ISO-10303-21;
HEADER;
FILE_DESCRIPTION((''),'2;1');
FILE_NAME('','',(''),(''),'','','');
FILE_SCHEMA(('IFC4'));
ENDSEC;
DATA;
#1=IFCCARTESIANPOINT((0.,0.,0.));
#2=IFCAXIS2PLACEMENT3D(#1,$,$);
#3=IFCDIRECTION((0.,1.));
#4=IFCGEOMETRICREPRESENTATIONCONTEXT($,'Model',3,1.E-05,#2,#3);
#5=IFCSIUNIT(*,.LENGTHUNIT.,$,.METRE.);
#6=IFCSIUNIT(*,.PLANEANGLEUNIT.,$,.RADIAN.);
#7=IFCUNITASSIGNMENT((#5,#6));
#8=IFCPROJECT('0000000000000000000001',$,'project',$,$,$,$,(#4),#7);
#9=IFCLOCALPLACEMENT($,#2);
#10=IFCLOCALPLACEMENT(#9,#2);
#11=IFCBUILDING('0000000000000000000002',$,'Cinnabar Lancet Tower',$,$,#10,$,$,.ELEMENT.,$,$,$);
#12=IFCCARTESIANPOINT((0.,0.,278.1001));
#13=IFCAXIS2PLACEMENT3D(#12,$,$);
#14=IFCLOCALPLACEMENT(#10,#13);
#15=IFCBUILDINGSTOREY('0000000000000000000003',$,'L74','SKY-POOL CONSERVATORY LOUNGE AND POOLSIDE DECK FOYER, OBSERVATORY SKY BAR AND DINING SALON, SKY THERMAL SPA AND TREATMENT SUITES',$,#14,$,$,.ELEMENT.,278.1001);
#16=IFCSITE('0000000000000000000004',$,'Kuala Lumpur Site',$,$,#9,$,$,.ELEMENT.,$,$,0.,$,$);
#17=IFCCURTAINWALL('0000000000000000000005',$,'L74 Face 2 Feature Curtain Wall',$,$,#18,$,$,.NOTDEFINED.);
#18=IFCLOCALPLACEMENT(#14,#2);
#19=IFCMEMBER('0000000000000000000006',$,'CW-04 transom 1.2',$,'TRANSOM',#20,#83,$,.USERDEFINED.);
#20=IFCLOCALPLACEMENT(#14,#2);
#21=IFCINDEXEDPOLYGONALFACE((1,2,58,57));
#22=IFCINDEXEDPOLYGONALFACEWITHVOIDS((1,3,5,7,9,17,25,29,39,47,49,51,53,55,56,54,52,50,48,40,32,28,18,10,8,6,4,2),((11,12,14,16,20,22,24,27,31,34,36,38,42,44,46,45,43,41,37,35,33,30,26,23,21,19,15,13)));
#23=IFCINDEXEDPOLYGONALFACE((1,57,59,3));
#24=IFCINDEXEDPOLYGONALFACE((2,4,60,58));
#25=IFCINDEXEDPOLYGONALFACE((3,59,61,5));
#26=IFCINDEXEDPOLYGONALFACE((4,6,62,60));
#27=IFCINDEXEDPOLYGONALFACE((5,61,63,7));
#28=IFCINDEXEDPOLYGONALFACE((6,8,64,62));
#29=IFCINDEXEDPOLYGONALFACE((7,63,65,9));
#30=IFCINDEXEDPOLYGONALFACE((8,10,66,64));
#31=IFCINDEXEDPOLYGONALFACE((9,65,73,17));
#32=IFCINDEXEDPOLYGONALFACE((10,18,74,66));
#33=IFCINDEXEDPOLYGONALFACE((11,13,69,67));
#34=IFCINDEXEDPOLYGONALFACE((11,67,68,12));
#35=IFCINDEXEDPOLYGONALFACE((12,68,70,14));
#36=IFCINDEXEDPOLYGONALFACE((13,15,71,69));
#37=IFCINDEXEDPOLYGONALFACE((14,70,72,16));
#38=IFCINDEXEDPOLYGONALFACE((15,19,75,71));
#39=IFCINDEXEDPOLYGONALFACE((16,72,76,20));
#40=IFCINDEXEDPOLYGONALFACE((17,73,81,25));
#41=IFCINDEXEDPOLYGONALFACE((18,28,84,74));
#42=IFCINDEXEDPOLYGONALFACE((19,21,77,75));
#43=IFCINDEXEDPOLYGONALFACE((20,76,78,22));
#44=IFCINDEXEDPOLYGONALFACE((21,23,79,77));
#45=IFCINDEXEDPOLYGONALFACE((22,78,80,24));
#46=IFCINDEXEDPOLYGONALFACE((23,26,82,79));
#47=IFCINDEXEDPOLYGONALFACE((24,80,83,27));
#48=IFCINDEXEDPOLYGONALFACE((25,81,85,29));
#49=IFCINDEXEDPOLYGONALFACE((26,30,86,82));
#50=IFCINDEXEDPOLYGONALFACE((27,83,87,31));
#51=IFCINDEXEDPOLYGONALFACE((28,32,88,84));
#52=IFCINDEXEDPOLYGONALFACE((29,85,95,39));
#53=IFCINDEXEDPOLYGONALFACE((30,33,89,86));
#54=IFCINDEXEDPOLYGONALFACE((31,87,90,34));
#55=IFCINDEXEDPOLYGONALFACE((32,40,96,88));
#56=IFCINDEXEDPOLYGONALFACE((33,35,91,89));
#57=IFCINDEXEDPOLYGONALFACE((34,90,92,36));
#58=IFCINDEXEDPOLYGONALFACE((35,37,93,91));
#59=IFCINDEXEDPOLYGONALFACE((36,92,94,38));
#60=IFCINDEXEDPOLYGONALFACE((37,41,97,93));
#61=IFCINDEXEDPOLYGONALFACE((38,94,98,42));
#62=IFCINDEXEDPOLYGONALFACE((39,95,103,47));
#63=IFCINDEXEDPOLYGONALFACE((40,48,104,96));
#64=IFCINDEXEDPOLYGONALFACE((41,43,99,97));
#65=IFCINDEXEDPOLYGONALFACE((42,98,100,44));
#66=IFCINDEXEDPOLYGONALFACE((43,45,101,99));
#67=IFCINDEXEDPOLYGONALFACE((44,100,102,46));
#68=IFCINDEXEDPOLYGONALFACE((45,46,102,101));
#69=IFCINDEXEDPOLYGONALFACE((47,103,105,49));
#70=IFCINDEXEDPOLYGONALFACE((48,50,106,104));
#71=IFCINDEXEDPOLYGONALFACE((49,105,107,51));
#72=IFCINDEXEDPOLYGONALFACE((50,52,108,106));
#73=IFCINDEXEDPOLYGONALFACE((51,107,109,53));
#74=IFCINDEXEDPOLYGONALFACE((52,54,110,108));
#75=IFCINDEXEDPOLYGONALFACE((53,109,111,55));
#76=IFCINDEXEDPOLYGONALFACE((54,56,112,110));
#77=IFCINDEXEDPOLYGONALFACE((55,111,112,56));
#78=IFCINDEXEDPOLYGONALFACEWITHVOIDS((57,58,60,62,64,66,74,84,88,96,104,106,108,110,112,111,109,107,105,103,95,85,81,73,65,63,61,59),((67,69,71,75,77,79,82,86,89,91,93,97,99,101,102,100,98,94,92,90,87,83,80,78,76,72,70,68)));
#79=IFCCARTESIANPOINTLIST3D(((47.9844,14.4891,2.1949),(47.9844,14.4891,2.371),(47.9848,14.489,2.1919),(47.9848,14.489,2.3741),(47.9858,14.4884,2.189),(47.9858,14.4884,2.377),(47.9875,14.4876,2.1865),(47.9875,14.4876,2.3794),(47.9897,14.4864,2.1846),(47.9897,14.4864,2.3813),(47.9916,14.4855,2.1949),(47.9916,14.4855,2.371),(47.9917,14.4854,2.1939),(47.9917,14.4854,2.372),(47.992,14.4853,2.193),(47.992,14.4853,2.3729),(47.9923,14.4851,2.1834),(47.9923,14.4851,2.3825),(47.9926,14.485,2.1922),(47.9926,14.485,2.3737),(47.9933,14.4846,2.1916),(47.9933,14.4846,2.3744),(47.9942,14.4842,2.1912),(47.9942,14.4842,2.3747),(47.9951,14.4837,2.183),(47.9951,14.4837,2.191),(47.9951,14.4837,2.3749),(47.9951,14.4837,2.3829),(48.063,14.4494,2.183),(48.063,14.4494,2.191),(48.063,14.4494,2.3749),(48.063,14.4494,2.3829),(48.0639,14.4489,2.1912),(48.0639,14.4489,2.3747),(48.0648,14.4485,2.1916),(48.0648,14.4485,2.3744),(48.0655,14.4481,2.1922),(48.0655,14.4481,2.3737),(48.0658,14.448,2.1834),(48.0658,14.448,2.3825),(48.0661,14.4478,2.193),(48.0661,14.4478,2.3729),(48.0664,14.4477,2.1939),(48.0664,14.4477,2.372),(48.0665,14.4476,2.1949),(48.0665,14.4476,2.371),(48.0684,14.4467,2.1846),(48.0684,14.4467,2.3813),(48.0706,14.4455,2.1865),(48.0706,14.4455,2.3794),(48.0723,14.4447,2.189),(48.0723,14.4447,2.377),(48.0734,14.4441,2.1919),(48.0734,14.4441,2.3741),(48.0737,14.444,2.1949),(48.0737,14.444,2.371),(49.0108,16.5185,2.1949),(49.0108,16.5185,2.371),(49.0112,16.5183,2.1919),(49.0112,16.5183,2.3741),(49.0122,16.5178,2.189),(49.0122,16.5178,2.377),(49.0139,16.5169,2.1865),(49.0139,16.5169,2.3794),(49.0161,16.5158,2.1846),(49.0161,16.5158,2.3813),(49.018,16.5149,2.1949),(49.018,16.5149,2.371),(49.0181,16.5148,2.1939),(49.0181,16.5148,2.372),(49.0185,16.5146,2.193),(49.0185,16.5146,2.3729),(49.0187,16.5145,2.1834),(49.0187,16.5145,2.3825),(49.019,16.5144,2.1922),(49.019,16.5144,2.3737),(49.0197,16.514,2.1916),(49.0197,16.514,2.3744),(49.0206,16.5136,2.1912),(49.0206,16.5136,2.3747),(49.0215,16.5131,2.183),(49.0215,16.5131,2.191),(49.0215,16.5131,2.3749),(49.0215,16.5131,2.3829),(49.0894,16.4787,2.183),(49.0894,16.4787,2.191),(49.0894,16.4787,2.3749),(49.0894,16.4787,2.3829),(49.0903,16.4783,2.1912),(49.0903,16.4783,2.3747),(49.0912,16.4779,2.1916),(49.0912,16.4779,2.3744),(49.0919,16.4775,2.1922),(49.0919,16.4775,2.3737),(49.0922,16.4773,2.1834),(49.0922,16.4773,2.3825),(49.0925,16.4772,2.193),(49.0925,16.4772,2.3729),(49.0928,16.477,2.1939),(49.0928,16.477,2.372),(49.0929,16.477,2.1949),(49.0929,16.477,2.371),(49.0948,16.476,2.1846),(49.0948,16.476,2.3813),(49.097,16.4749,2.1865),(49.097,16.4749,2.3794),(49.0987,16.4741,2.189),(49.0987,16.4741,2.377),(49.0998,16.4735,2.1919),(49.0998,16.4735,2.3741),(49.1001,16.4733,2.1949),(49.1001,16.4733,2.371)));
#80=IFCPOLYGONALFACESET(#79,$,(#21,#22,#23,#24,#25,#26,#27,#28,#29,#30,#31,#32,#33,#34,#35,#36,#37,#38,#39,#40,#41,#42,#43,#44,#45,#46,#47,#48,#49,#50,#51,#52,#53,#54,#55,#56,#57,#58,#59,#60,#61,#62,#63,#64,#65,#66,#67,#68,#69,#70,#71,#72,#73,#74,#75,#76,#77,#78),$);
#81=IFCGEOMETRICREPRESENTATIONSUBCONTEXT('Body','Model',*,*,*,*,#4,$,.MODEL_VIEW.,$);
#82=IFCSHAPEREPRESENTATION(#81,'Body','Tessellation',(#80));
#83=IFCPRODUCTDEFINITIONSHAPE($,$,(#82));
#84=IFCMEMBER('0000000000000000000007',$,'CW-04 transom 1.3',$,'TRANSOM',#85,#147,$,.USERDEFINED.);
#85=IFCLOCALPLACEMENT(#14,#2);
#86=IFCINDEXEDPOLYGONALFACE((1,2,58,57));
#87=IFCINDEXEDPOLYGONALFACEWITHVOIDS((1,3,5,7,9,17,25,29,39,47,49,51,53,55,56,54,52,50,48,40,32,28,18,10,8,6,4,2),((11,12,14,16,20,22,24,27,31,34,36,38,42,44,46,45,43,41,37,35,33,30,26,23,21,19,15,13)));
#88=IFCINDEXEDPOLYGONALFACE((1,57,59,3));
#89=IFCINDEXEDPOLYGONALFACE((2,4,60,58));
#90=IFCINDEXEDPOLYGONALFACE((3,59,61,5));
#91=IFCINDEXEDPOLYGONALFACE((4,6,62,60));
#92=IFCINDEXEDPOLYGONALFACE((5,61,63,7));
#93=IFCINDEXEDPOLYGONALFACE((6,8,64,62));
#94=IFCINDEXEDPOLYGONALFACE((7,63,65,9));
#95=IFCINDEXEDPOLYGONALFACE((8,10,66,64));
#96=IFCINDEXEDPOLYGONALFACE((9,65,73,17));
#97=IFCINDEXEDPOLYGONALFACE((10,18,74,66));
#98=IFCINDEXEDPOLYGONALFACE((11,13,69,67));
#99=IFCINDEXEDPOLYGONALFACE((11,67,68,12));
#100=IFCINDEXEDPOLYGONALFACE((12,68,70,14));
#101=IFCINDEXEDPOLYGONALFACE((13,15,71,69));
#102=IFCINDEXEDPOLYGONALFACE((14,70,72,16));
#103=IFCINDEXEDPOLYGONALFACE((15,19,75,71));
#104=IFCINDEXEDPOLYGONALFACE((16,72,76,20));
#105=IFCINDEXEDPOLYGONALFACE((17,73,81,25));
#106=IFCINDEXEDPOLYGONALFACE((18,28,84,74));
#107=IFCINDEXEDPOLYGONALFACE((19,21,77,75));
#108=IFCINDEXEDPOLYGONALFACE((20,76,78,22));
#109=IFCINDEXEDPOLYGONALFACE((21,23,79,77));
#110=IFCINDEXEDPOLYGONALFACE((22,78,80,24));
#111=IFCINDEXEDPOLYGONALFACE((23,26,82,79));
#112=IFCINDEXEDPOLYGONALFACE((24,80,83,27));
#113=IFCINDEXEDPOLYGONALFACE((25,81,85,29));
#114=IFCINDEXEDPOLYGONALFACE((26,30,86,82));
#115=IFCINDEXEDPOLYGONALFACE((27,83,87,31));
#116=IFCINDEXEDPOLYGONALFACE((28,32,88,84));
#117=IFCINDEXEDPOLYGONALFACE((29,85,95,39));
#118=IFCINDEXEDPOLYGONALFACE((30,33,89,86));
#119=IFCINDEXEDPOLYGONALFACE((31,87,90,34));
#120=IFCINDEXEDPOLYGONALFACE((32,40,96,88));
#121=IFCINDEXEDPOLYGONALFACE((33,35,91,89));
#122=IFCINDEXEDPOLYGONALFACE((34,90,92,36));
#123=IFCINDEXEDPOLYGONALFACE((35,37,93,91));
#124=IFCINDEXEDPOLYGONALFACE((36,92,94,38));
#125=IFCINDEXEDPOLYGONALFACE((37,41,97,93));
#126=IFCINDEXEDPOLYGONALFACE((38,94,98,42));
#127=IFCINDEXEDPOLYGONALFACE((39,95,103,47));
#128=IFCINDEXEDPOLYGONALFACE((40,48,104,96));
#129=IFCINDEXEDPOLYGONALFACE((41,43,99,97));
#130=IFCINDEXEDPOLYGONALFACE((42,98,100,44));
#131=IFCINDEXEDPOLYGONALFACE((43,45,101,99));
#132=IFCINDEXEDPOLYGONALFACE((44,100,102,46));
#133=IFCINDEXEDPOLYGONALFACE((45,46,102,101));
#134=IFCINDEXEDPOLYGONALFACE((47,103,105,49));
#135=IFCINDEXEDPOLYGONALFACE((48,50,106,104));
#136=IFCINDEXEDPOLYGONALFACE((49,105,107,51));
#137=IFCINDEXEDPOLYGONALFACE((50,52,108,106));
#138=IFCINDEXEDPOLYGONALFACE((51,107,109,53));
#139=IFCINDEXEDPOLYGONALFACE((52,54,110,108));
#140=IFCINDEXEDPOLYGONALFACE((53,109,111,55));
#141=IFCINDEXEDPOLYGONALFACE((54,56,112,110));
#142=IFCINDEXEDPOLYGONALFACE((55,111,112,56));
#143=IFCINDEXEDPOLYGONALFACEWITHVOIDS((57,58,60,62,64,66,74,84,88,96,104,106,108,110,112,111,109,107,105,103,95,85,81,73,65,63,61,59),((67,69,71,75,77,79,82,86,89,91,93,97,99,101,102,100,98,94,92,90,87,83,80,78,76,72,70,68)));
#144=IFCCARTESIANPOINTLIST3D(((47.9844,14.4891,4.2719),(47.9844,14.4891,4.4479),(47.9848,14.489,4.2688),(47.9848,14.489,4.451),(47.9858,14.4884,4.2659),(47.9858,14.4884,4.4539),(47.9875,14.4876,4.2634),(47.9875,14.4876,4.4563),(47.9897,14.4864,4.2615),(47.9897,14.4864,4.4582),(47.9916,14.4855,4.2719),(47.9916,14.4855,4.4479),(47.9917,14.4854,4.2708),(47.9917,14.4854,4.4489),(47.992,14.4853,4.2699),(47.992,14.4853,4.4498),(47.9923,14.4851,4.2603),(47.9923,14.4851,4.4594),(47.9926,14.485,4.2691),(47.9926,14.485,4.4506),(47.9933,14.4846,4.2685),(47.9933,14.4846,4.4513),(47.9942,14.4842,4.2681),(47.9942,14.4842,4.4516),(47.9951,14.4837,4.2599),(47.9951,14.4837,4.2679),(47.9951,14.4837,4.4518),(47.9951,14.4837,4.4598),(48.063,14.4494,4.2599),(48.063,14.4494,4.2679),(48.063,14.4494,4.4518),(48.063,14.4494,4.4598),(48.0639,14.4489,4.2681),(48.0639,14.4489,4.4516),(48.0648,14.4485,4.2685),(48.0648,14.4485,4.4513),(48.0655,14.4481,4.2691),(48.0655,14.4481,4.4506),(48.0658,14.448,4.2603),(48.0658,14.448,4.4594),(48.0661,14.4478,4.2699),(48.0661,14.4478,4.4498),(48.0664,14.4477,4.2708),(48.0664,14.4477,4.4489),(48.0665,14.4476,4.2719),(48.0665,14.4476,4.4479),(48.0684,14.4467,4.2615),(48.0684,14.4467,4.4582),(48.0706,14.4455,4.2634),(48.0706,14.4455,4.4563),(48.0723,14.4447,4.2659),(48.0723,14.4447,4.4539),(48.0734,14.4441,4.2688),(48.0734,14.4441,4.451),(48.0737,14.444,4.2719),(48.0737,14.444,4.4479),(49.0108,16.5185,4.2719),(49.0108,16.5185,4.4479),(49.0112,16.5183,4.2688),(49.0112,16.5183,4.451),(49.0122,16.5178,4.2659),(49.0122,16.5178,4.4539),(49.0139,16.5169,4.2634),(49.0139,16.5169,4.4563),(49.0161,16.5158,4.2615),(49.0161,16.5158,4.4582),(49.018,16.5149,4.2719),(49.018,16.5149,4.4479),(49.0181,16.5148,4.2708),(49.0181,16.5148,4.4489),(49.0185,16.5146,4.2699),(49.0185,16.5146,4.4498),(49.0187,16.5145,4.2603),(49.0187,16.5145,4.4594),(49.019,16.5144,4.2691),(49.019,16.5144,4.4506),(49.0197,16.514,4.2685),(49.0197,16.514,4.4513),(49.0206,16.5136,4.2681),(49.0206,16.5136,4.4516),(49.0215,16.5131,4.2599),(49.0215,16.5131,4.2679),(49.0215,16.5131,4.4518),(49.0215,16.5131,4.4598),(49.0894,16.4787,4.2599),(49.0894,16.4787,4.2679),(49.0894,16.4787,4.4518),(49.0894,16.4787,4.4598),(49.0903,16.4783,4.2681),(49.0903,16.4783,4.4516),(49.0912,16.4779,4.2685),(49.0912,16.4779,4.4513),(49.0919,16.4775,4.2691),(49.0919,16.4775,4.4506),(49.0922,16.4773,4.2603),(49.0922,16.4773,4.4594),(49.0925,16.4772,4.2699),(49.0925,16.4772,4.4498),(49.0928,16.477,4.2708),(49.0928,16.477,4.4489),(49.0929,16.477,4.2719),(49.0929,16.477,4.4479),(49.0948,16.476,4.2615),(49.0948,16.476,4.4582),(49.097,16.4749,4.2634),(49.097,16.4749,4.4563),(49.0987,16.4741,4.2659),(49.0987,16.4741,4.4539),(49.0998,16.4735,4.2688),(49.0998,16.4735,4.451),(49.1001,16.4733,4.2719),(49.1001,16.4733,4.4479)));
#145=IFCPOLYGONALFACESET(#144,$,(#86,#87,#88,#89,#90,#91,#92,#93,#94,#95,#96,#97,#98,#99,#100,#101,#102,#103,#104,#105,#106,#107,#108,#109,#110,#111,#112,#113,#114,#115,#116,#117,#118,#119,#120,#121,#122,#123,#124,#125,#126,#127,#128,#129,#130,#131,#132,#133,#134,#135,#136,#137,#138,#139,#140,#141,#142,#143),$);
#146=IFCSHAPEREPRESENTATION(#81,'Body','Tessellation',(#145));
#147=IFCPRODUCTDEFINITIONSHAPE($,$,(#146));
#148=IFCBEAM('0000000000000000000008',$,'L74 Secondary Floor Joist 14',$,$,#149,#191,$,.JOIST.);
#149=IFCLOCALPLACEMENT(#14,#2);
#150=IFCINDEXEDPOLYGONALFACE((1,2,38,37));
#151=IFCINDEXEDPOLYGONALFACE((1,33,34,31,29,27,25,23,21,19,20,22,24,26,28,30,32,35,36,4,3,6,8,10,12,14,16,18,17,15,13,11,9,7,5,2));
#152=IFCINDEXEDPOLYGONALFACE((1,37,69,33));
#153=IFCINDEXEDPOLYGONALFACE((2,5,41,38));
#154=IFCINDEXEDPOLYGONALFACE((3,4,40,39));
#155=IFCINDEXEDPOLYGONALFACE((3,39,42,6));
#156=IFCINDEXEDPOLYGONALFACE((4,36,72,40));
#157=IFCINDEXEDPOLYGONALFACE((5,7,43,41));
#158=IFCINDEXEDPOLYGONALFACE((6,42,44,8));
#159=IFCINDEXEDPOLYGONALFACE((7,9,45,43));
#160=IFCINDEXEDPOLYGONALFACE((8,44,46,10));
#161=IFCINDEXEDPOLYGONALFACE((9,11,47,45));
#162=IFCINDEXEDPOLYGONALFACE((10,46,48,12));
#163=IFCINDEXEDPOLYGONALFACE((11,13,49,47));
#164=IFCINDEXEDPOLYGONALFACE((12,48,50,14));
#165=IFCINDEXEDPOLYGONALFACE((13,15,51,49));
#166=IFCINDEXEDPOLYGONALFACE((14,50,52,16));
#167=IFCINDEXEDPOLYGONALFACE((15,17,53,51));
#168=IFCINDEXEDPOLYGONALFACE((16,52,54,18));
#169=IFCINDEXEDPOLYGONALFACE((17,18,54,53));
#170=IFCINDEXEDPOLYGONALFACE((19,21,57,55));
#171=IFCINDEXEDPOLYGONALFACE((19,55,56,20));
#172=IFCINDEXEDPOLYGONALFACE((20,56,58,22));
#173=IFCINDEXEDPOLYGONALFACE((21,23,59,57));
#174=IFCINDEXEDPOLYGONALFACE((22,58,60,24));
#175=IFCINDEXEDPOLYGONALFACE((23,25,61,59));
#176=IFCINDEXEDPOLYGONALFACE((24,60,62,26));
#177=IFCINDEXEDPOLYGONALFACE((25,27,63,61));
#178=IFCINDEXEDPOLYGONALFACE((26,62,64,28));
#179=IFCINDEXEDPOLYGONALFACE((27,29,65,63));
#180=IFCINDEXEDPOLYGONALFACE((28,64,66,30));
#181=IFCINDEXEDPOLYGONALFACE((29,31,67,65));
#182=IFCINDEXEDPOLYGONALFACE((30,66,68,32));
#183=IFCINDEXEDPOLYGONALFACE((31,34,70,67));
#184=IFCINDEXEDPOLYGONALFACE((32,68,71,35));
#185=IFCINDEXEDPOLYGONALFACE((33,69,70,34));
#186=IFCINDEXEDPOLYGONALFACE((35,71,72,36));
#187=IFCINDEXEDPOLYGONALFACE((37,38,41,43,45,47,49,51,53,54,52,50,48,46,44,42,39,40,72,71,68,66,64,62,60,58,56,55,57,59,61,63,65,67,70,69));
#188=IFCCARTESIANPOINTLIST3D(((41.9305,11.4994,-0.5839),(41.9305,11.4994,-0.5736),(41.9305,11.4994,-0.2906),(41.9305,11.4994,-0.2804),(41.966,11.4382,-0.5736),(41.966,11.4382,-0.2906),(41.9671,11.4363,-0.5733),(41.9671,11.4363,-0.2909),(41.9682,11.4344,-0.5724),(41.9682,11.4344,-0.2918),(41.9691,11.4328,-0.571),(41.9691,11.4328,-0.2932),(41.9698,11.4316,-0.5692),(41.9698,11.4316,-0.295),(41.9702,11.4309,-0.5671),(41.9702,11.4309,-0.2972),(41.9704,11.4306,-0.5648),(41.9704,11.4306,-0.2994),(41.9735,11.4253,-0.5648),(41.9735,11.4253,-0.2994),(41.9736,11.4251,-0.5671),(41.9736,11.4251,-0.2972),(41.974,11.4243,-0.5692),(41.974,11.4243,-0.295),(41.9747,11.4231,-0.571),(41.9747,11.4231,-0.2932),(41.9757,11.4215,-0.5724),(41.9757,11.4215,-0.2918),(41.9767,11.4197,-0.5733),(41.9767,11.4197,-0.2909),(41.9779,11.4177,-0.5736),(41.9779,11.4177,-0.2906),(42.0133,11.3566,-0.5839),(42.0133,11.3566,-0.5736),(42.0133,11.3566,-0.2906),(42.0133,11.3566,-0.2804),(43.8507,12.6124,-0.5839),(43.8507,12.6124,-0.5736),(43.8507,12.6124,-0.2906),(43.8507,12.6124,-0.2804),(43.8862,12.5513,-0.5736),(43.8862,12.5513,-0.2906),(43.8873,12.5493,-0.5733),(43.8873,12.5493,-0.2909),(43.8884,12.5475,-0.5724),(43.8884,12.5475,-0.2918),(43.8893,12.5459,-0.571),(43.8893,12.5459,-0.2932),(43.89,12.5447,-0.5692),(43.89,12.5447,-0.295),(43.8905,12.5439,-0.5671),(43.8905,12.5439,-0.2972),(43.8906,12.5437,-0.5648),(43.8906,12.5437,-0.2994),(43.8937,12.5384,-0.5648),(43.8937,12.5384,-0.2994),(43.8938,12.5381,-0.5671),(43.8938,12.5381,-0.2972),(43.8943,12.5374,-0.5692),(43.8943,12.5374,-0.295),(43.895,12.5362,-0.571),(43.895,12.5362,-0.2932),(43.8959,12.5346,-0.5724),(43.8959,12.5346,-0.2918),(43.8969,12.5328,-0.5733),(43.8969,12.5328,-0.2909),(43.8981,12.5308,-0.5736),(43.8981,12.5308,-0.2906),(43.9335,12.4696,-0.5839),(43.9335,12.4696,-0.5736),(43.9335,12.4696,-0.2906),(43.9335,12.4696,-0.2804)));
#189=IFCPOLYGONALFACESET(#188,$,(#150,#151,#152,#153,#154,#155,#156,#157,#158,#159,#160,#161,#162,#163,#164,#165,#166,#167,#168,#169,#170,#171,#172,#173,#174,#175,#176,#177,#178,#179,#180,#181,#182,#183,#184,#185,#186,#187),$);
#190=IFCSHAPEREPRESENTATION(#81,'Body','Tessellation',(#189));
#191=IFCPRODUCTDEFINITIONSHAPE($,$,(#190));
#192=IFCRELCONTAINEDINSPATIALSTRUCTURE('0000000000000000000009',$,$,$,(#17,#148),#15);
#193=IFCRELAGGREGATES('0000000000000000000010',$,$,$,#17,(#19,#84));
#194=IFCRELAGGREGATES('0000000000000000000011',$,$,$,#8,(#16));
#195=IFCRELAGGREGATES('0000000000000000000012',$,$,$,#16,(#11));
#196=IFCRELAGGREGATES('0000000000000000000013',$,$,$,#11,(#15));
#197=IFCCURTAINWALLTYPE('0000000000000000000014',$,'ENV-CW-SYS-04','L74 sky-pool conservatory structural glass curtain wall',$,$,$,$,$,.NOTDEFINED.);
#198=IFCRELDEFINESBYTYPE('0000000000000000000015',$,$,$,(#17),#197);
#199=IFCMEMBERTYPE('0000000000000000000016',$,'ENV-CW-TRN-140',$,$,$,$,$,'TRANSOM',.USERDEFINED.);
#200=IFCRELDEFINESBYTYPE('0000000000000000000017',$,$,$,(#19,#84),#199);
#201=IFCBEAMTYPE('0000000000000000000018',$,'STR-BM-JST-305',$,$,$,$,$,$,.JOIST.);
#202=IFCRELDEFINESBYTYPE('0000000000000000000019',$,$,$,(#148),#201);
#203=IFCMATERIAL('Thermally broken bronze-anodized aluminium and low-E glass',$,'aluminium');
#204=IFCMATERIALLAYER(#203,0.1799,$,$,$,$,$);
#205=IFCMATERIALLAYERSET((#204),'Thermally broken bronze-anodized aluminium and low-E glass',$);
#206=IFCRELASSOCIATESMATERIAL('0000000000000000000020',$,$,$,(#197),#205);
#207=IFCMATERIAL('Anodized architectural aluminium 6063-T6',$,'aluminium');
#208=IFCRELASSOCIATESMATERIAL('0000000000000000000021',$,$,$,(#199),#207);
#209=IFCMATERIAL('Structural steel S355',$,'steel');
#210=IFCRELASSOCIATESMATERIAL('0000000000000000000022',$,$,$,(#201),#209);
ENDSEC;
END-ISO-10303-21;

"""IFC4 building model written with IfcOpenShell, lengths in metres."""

from ifc_helpers import new_model, si_unit, direction, frame, origin, origin_2d, place, context, subcontext, project, spatial, hollow_rectangle, i_section, extrude, material, layer, layer_set, material_profile, profile_set, type_object, element, aggregate, save


model = new_model("IFC4")

# Units and contexts
model_context = context("Model", 3, precision=1e-05, world=origin(), true_north=direction((0.0, 1.0)))
body_context = subcontext(model_context, "Body", "Model", "MODEL_VIEW")
ifc_project = project(units=[si_unit("LENGTHUNIT", "METRE"), si_unit("PLANEANGLEUNIT", "RADIAN")], contexts=[model_context])

# Site, building, storey
site_placement = place(None, origin())
site = spatial("IfcSite", under=ifc_project, at=site_placement, Name="Kuala Lumpur Site", CompositionType="ELEMENT", RefElevation=0.0)
building_placement = place(site_placement, origin())
building = spatial("IfcBuilding", under=site, at=building_placement, Name="Cinnabar Lancet Tower", CompositionType="ELEMENT")
storey_placement = place(building_placement, frame((0.0, 0.0, 278.1001)))
storey = spatial("IfcBuildingStorey", under=building, at=storey_placement, Name="L74", Description="SKY-POOL CONSERVATORY LOUNGE AND POOLSIDE DECK FOYER, OBSERVATORY SKY BAR AND DINING SALON, SKY THERMAL SPA AND TREATMENT SUITES", CompositionType="ELEMENT", Elevation=278.1001)

# Curtain wall, members
ifc_material_1 = material(Name="Thermally broken bronze-anodized aluminium and low-E glass", Category="aluminium")
ifc_layer_1 = layer(ifc_material_1, 0.1799)
ifc_layer_set_1 = layer_set([ifc_layer_1], Name="Thermally broken bronze-anodized aluminium and low-E glass")
curtain_wall_type = type_object("IfcCurtainWallType", Name="ENV-CW-SYS-04", Description="L74 sky-pool conservatory structural glass curtain wall", PredefinedType="NOTDEFINED", material=ifc_layer_set_1)
curtain_wall_placement = place(storey_placement, origin())
curtain_wall = element("IfcCurtainWall", 1, at=curtain_wall_placement, inside=storey, type_object=curtain_wall_type, Name="L74 Face 2 Feature Curtain Wall", PredefinedType="NOTDEFINED")
ifc_material_2 = material(Name="Anodized architectural aluminium 6063-T6", Category="aluminium")
ifc_material_profile_1 = material_profile(ifc_material_2, hollow_rectangle(XDim=0.1001, YDim=0.2, WallThickness=0.0081, InnerFilletRadius=0.0039, OuterFilletRadius=0.012, at=origin_2d()), Name="RHS 200x100x8")
ifc_profile_set_1 = profile_set([ifc_material_profile_1], Name="Anodized architectural aluminium 6063-T6")
member_type_1 = type_object("IfcMemberType", Name="ENV-CW-TRN-140", ElementType="TRANSOM", PredefinedType="USERDEFINED", material=ifc_profile_set_1)
member_1_placement = place(storey_placement, frame((48.0291, 14.4666, 2.283), z_axis=(0.451331, 0.892356, 0.0), x_axis=(-0.892356, 0.451331, 0.0)))
member_1 = element("IfcMember", 2, at=member_1_placement, type_object=member_type_1, Name="CW-04 transom 1.2", ObjectType="TRANSOM", PredefinedType="USERDEFINED", context=body_context, shape_type="SweptSolid", body=[
    extrude(hollow_rectangle(XDim=0.1001, YDim=0.2, WallThickness=0.0081, InnerFilletRadius=0.0039, OuterFilletRadius=0.012, at=origin_2d()), origin(), (0.0, 0.0, 1.0), 2.2742),
])
member_2_placement = place(storey_placement, frame((48.0291, 14.4666, 4.3599), z_axis=(0.451331, 0.892356, 0.0), x_axis=(-0.892356, 0.451331, 0.0)))
member_2 = element("IfcMember", 3, at=member_2_placement, type_object=member_type_1, Name="CW-04 transom 1.3", ObjectType="TRANSOM", PredefinedType="USERDEFINED", context=body_context, shape_type="SweptSolid", body=[
    extrude(hollow_rectangle(XDim=0.1001, YDim=0.2, WallThickness=0.0081, InnerFilletRadius=0.0039, OuterFilletRadius=0.012, at=origin_2d()), origin(), (0.0, 0.0, 1.0), 2.2742),
])

# Beam
ifc_material_3 = material(Name="Structural steel S355", Category="steel")
ifc_material_profile_2 = material_profile(ifc_material_3, i_section(OverallWidth=0.165, OverallDepth=0.3035, WebThickness=0.0061, FlangeThickness=0.0103, FilletRadius=0.0088, at=origin_2d()), Name="UKB 305x165x40")
ifc_profile_set_2 = profile_set([ifc_material_profile_2], Name="Structural steel S355")
beam_type_1 = type_object("IfcBeamType", Name="STR-BM-JST-305", PredefinedType="JOIST", material=ifc_profile_set_2)
beam_1_placement = place(storey_placement, frame((41.9719, 11.428, -0.4321), z_axis=(0.86516, 0.501496, 0.0), x_axis=(-0.501496, 0.86516, 0.0)))
element("IfcBeam", 4, at=beam_1_placement, inside=storey, type_object=beam_type_1, Name="L74 Secondary Floor Joist 14", PredefinedType="JOIST", context=body_context, shape_type="SweptSolid", body=[
    extrude(i_section(OverallWidth=0.165, OverallDepth=0.3035, WebThickness=0.0061, FlangeThickness=0.0103, FilletRadius=0.0088, at=origin_2d()), origin(), (0.0, 0.0, 1.0), 2.2195),
])

aggregate(curtain_wall, [member_1, member_2])

save(model, "model.ifc")
